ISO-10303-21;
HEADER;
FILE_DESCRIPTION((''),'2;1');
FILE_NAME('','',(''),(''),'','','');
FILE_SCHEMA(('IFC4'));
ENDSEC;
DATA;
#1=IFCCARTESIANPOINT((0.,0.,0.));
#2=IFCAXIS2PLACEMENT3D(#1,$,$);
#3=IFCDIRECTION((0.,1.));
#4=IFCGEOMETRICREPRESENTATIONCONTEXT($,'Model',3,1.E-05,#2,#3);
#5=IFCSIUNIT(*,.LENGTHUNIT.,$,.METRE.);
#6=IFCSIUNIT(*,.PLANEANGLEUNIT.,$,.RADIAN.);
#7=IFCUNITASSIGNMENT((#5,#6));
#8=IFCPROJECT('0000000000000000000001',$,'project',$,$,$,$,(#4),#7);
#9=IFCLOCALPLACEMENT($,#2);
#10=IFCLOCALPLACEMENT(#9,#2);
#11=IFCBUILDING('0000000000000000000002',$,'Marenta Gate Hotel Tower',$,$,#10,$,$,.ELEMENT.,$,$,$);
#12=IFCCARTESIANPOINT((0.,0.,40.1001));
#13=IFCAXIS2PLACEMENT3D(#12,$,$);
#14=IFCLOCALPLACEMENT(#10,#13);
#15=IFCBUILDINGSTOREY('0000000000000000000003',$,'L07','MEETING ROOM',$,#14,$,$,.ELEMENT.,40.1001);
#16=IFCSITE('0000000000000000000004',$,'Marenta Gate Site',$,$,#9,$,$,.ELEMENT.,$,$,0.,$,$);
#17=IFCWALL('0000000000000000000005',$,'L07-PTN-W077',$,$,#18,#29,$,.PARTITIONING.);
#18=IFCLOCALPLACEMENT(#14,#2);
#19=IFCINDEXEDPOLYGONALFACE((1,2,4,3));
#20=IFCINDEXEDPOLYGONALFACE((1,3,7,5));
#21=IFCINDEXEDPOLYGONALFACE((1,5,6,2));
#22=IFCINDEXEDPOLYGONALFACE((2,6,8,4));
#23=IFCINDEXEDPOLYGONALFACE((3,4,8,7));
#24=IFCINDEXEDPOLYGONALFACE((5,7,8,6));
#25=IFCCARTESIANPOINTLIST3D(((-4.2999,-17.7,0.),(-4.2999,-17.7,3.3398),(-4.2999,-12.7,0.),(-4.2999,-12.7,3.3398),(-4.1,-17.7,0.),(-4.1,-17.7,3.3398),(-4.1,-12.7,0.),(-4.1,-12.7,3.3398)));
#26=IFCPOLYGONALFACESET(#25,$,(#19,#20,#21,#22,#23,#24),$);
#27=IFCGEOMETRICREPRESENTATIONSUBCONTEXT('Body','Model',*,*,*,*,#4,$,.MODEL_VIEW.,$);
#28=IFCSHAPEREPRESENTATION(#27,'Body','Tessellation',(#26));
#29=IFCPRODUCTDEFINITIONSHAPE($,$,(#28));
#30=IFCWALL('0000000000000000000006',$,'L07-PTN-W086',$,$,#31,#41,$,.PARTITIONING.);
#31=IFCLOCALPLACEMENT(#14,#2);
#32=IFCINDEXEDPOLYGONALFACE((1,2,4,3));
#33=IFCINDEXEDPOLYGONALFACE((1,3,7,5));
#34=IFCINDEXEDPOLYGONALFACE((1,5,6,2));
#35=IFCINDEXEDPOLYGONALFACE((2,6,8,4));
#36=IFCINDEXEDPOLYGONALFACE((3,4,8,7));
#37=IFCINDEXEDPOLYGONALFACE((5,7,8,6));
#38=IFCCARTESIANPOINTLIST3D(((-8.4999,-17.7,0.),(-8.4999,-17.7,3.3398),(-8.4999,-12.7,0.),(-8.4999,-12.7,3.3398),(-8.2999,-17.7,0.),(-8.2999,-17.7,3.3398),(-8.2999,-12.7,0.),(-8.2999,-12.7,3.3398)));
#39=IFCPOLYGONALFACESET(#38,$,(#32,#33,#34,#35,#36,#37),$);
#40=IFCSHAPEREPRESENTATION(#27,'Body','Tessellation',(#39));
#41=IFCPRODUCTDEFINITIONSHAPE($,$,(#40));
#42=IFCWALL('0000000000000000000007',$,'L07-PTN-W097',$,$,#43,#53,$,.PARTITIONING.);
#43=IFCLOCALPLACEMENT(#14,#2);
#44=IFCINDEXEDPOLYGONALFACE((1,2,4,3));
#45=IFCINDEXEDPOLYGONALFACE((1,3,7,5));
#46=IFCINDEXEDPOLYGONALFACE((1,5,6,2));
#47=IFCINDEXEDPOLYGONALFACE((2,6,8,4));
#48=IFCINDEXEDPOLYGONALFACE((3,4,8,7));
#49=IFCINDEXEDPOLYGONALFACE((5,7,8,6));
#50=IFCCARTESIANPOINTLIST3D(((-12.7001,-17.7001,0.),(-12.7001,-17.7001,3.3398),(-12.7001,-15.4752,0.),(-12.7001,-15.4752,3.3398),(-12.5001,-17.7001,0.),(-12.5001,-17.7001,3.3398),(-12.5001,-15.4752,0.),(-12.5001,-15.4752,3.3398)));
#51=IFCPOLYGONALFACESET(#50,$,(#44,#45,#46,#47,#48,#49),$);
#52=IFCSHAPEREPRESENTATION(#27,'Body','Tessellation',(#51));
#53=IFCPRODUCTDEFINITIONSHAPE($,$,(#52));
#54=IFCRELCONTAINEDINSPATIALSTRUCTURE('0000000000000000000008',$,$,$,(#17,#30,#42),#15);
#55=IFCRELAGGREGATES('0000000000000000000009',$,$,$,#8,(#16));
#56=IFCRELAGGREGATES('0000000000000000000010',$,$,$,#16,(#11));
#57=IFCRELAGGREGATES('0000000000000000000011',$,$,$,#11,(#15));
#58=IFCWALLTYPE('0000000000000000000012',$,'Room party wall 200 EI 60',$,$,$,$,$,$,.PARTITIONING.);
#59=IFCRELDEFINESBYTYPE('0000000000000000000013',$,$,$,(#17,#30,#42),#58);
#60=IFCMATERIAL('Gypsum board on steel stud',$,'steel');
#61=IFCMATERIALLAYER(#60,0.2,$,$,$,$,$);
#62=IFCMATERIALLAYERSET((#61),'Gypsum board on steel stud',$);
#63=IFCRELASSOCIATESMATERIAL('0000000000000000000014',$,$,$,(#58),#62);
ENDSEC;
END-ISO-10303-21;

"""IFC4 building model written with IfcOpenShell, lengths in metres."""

from ifc_helpers import new_model, si_unit, direction, frame, frame_2d, origin, place, context, subcontext, project, spatial, rectangle, extrude, material, layer, layer_set, type_object, element, save


model = new_model("IFC4")

# Units and contexts
model_context = context("Model", 3, precision=1e-05, world=origin(), true_north=direction((0.0, 1.0)))
body_context = subcontext(model_context, "Body", "Model", "MODEL_VIEW")
ifc_project = project(units=[si_unit("LENGTHUNIT", "METRE"), si_unit("PLANEANGLEUNIT", "RADIAN")], contexts=[model_context])

# Site, building, storey
site_placement = place(None, origin())
site = spatial("IfcSite", under=ifc_project, at=site_placement, Name="Marenta Gate Site", CompositionType="ELEMENT", RefElevation=0.0)
building_placement = place(site_placement, origin())
building = spatial("IfcBuilding", under=site, at=building_placement, Name="Marenta Gate Hotel Tower", CompositionType="ELEMENT")
storey_placement = place(building_placement, frame((0.0, 0.0, 40.1001)))
storey = spatial("IfcBuildingStorey", under=building, at=storey_placement, Name="L07", Description="MEETING ROOM", CompositionType="ELEMENT", Elevation=40.1001)

# Walls
ifc_material_1 = material(Name="Gypsum board on steel stud", Category="steel")
ifc_layer_1 = layer(ifc_material_1, 0.2)
ifc_layer_set_1 = layer_set([ifc_layer_1], Name="Gypsum board on steel stud")
wall_type_1 = type_object("IfcWallType", Name="Room party wall 200 EI 60", PredefinedType="PARTITIONING", material=ifc_layer_set_1)
for number, where, z_axis, x_axis, name in (
    (1, (-4.2, -17.7, 0.0), (0.0, 0.0, 1.0), (0.0, 1.0, 0.0), "L07-PTN-W077"),
    (2, (-8.3999, -17.7, 0.0), (0.0, 0.0, 1.0), (0.0, 1.0, 0.0), "L07-PTN-W086"),
):
    element("IfcWall", number, at=place(storey_placement, frame(where, z_axis=z_axis, x_axis=x_axis)), inside=storey, type_object=wall_type_1, Name=name, PredefinedType="PARTITIONING", context=body_context, shape_type="SweptSolid", body=[
        extrude(rectangle(XDim=5.0, YDim=0.2, at=frame_2d((2.5, 0.0))), origin(), (0.0, 0.0, 1.0), 3.3398),
    ])
wall_1_placement = place(storey_placement, frame((-12.6001, -17.7, 0.0), z_axis=(0.0, 0.0, 1.0), x_axis=(0.0, 1.0, 0.0)))
element("IfcWall", 3, at=wall_1_placement, inside=storey, type_object=wall_type_1, Name="L07-PTN-W097", PredefinedType="PARTITIONING", context=body_context, shape_type="SweptSolid", body=[
    extrude(rectangle(XDim=2.2249, YDim=0.2, at=frame_2d((1.1123, 0.0))), origin(), (0.0, 0.0, 1.0), 3.3398),
])

save(model, "model.ifc")
